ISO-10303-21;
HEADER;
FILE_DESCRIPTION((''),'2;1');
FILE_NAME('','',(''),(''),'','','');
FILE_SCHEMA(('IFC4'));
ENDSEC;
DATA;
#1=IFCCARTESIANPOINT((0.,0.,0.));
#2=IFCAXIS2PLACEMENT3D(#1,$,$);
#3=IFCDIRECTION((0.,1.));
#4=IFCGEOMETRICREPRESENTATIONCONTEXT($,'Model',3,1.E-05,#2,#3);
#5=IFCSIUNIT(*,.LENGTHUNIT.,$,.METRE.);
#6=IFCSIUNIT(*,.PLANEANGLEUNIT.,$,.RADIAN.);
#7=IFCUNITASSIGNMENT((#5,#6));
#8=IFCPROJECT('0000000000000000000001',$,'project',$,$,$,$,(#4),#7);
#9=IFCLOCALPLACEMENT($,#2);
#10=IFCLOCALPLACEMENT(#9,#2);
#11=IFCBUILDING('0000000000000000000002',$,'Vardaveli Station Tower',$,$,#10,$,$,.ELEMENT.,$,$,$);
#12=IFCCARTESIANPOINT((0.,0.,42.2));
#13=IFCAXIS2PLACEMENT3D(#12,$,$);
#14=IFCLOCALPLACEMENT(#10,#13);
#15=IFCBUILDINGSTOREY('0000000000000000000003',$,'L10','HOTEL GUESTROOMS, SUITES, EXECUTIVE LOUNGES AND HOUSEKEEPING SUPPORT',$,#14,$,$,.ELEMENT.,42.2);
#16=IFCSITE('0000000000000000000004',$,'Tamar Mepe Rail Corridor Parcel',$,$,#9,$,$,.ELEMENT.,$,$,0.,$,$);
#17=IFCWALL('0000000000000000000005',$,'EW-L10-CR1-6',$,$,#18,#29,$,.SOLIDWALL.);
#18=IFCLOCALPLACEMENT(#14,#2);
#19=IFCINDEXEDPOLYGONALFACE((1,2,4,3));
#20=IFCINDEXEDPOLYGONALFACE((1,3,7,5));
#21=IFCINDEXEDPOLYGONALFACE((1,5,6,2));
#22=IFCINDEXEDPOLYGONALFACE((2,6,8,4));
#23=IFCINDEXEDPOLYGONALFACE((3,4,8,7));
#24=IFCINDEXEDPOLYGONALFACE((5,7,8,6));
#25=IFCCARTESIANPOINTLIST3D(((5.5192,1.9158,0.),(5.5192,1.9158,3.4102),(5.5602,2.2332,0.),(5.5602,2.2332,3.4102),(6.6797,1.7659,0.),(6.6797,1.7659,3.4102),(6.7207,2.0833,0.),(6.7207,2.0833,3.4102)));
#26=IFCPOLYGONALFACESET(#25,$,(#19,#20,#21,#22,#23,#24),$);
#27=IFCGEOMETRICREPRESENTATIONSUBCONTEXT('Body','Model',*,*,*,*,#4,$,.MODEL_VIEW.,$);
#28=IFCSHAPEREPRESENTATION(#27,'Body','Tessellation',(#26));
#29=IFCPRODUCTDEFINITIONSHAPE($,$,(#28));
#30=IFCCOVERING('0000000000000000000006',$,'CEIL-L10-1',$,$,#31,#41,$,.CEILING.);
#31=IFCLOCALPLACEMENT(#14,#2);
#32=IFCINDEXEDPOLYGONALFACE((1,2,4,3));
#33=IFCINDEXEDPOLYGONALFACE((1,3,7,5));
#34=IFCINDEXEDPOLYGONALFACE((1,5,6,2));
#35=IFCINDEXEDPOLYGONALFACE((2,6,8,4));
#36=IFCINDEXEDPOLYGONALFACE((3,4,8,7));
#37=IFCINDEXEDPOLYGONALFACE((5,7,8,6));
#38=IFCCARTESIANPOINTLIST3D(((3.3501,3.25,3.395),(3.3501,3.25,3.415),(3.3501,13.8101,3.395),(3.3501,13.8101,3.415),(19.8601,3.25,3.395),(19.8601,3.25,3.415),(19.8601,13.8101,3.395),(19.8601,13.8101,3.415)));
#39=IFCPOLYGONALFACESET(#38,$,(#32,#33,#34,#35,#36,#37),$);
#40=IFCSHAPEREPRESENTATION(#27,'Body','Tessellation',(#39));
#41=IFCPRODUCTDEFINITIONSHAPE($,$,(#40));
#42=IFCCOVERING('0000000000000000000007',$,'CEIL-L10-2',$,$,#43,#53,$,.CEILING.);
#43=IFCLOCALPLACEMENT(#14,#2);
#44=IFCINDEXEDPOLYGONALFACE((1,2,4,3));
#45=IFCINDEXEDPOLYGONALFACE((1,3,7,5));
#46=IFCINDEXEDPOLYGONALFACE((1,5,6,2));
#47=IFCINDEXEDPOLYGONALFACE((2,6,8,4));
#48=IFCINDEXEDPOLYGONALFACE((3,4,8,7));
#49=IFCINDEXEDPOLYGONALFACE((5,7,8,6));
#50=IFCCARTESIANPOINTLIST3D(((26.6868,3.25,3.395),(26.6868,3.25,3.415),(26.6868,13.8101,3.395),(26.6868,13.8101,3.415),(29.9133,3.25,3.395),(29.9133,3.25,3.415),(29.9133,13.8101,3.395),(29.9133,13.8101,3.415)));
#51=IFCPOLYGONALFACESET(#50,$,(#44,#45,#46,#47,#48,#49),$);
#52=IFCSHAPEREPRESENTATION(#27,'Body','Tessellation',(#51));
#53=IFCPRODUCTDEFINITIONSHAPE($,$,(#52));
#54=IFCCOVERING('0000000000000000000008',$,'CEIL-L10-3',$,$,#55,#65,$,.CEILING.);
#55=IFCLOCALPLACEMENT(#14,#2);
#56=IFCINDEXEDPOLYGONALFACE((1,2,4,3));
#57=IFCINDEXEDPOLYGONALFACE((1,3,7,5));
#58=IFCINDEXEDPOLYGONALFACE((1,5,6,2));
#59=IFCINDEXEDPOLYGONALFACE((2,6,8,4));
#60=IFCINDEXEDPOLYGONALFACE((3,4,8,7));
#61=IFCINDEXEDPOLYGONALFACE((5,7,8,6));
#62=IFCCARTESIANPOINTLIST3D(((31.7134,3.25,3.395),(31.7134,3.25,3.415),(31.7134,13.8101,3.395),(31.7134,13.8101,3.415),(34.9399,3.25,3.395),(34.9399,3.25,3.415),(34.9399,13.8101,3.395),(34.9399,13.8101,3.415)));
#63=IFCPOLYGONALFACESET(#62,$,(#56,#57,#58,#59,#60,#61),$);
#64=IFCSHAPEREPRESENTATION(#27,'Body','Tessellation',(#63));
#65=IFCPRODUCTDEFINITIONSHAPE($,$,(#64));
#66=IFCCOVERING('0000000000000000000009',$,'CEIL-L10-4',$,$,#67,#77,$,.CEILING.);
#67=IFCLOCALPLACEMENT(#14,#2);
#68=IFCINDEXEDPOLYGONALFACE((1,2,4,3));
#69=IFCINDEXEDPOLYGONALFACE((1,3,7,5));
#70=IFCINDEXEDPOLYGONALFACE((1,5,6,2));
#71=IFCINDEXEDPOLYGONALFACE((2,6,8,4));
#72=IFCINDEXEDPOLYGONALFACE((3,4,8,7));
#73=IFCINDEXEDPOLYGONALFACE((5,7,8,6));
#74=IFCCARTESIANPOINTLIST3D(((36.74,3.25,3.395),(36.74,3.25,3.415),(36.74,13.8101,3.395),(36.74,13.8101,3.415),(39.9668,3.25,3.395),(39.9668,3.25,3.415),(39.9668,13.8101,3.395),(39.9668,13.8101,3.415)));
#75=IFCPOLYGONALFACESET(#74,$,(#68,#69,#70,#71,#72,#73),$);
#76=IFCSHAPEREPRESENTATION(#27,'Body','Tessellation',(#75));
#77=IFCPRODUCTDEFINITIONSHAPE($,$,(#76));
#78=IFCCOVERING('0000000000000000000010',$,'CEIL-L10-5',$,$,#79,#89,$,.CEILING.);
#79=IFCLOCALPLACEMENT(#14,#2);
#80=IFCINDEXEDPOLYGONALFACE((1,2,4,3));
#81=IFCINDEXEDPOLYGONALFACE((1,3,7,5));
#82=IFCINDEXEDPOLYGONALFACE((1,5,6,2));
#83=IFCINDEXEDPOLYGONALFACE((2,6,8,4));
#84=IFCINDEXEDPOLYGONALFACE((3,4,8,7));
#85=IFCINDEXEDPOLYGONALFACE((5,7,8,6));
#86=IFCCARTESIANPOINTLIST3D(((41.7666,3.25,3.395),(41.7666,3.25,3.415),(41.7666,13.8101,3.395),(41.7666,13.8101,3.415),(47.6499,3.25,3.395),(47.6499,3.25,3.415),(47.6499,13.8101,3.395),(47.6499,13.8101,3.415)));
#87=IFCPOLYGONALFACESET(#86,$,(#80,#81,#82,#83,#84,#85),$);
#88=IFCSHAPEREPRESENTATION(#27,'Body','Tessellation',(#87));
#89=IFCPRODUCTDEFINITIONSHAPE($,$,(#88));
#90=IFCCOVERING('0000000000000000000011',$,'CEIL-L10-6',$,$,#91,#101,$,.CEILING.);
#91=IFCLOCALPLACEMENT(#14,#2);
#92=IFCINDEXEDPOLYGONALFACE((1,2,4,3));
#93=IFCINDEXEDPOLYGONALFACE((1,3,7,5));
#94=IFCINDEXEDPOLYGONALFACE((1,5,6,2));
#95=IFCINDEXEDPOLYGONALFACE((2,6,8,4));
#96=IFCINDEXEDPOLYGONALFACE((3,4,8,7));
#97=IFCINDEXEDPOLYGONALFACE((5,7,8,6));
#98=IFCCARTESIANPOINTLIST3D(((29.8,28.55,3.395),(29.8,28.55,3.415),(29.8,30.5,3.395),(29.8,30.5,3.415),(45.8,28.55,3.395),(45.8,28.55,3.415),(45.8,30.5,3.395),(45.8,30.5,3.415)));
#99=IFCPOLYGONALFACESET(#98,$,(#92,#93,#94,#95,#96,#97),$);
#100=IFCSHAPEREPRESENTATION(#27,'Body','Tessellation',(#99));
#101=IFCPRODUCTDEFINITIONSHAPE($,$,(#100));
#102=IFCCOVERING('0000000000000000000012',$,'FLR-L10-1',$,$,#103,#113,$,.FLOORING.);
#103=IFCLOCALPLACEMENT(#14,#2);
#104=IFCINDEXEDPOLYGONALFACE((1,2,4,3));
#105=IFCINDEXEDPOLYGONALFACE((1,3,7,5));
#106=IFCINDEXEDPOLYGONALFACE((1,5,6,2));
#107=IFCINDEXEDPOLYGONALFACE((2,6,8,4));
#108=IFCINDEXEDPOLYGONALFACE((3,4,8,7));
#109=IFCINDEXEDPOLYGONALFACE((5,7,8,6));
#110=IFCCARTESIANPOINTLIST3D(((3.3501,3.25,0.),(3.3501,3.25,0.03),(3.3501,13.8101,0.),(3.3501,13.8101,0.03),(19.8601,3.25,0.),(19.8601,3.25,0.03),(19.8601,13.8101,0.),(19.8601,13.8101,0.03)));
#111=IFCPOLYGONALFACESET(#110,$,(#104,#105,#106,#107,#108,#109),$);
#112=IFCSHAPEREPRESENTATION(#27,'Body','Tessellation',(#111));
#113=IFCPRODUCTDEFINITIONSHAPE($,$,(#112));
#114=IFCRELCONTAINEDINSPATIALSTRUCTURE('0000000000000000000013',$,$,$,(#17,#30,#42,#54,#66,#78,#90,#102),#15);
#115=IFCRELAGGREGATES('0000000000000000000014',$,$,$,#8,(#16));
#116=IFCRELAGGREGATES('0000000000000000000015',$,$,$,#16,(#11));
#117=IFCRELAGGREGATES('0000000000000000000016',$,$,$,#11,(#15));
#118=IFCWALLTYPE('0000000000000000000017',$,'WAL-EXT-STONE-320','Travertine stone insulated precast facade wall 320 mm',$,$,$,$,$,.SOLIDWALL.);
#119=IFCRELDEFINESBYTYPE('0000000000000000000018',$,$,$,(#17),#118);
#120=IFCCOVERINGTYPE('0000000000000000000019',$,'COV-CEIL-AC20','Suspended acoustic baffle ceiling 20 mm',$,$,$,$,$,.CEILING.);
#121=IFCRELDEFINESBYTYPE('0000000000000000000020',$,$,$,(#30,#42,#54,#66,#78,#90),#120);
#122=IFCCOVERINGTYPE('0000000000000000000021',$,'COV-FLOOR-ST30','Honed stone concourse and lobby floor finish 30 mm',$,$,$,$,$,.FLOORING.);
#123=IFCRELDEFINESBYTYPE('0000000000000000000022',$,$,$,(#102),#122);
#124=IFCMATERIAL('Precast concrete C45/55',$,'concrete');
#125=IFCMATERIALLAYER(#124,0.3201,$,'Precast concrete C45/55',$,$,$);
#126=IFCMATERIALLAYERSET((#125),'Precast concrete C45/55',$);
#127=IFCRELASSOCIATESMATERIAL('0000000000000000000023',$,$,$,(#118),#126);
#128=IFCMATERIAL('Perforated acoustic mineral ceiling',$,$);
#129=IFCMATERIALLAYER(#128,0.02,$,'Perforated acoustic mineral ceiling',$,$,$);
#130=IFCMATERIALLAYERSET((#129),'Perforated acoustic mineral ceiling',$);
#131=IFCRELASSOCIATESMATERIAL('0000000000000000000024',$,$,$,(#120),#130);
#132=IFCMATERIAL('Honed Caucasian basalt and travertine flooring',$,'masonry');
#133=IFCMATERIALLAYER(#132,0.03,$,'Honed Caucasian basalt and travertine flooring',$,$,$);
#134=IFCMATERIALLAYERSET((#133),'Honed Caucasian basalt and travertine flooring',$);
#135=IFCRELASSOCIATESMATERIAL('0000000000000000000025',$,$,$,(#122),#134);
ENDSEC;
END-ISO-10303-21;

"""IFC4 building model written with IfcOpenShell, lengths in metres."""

from ifc_helpers import new_model, si_unit, direction, frame, frame_2d, origin, place, context, subcontext, project, spatial, polyline, rectangle, outline, extrude, source, transform, mapped, material, layer, layer_set, type_object, element, save


model = new_model("IFC4")

# Units and contexts
model_context = context("Model", 3, precision=1e-05, world=origin(), true_north=direction((0.0, 1.0)))
body_context = subcontext(model_context, "Body", "Model", "MODEL_VIEW")
ifc_project = project(units=[si_unit("LENGTHUNIT", "METRE"), si_unit("PLANEANGLEUNIT", "RADIAN")], contexts=[model_context])

# Site, building, storey
site_placement = place(None, origin())
site = spatial("IfcSite", under=ifc_project, at=site_placement, Name="Tamar Mepe Rail Corridor Parcel", CompositionType="ELEMENT", RefElevation=0.0)
building_placement = place(site_placement, origin())
building = spatial("IfcBuilding", under=site, at=building_placement, Name="Vardaveli Station Tower", CompositionType="ELEMENT")
storey_placement = place(building_placement, frame((0.0, 0.0, 42.2)))
storey = spatial("IfcBuildingStorey", under=building, at=storey_placement, Name="L10", Description="HOTEL GUESTROOMS, SUITES, EXECUTIVE LOUNGES AND HOUSEKEEPING SUPPORT", CompositionType="ELEMENT", Elevation=42.2)

# Shared definitions
ifc_material_1 = material(Name="Precast concrete C45/55", Category="concrete")

# Shared definitions
ifc_layer_1 = layer(ifc_material_1, 0.3201, Name="Precast concrete C45/55")
ifc_layer_set_1 = layer_set([ifc_layer_1], Name="Precast concrete C45/55")
wall_type = type_object("IfcWallType", Name="WAL-EXT-STONE-320", Description="Travertine stone insulated precast facade wall 320 mm", PredefinedType="SOLIDWALL", material=ifc_layer_set_1)

# Wall
shared_shape_1 = source(origin(), body_context, "Body", "SweptSolid", [
    extrude(rectangle(XDim=1.1702, YDim=0.3201, at=frame_2d((0.585, 0.0))), origin(), (0.0, 0.0, 1.0), 3.4102),
])
wall_1_placement = place(storey_placement, frame((5.5398, 2.0745, 0.0), z_axis=(0.0, 0.0, 1.0), x_axis=(0.991762, -0.12809, 0.0)))
element("IfcWall", 1, at=wall_1_placement, inside=storey, type_object=wall_type, Name="EW-L10-CR1-6", PredefinedType="SOLIDWALL", context=body_context, shape_type="MappedRepresentation", body=[
    mapped(shared_shape_1, transform((0.0, 0.0, 0.0), scale=1.0)),
])

# Coverings
ifc_material_2 = material(Name="Perforated acoustic mineral ceiling")
ifc_layer_2 = layer(ifc_material_2, 0.02, Name="Perforated acoustic mineral ceiling")
ifc_layer_set_2 = layer_set([ifc_layer_2], Name="Perforated acoustic mineral ceiling")
covering_type_1 = type_object("IfcCoveringType", Name="COV-CEIL-AC20", Description="Suspended acoustic baffle ceiling 20 mm", PredefinedType="CEILING", material=ifc_layer_set_2)
covering_1_placement = place(storey_placement, frame((0.0, 0.0, 3.395)))
element("IfcCovering", 2, at=covering_1_placement, inside=storey, type_object=covering_type_1, Name="CEIL-L10-1", PredefinedType="CEILING", context=body_context, shape_type="SweptSolid", body=[
    extrude(outline(polyline([(3.3501, 3.25), (19.8601, 3.25), (19.8601, 13.8101), (3.3501, 13.8101), (3.3501, 3.25)])), origin(), (0.0, 0.0, 1.0), 0.02),
])
covering_2_placement = place(storey_placement, frame((0.0, 0.0, 3.395)))
element("IfcCovering", 3, at=covering_2_placement, inside=storey, type_object=covering_type_1, Name="CEIL-L10-2", PredefinedType="CEILING", context=body_context, shape_type="SweptSolid", body=[
    extrude(outline(polyline([(26.6868, 3.25), (29.9133, 3.25), (29.9133, 13.8101), (26.6868, 13.8101), (26.6868, 3.25)])), origin(), (0.0, 0.0, 1.0), 0.02),
])
covering_3_placement = place(storey_placement, frame((0.0, 0.0, 3.395)))
element("IfcCovering", 4, at=covering_3_placement, inside=storey, type_object=covering_type_1, Name="CEIL-L10-3", PredefinedType="CEILING", context=body_context, shape_type="SweptSolid", body=[
    extrude(outline(polyline([(31.7134, 3.25), (34.9399, 3.25), (34.9399, 13.8101), (31.7134, 13.8101), (31.7134, 3.25)])), origin(), (0.0, 0.0, 1.0), 0.02),
])
covering_4_placement = place(storey_placement, frame((0.0, 0.0, 3.395)))
element("IfcCovering", 5, at=covering_4_placement, inside=storey, type_object=covering_type_1, Name="CEIL-L10-4", PredefinedType="CEILING", context=body_context, shape_type="SweptSolid", body=[
    extrude(outline(polyline([(36.74, 3.25), (39.9668, 3.25), (39.9668, 13.8101), (36.74, 13.8101), (36.74, 3.25)])), origin(), (0.0, 0.0, 1.0), 0.02),
])
covering_5_placement = place(storey_placement, frame((0.0, 0.0, 3.395)))
element("IfcCovering", 6, at=covering_5_placement, inside=storey, type_object=covering_type_1, Name="CEIL-L10-5", PredefinedType="CEILING", context=body_context, shape_type="SweptSolid", body=[
    extrude(outline(polyline([(41.7666, 3.25), (47.6499, 3.25), (47.6499, 13.8101), (41.7666, 13.8101), (41.7666, 3.25)])), origin(), (0.0, 0.0, 1.0), 0.02),
])
covering_6_placement = place(storey_placement, frame((0.0, 0.0, 3.395)))
element("IfcCovering", 7, at=covering_6_placement, inside=storey, type_object=covering_type_1, Name="CEIL-L10-6", PredefinedType="CEILING", context=body_context, shape_type="SweptSolid", body=[
    extrude(outline(polyline([(29.8, 28.55), (45.8, 28.55), (45.8, 30.5), (29.8, 30.5), (29.8, 28.55)])), origin(), (0.0, 0.0, 1.0), 0.02),
])
ifc_material_3 = material(Name="Honed Caucasian basalt and travertine flooring", Category="masonry")
ifc_layer_3 = layer(ifc_material_3, 0.03, Name="Honed Caucasian basalt and travertine flooring")
ifc_layer_set_3 = layer_set([ifc_layer_3], Name="Honed Caucasian basalt and travertine flooring")
covering_type_2 = type_object("IfcCoveringType", Name="COV-FLOOR-ST30", Description="Honed stone concourse and lobby floor finish 30 mm", PredefinedType="FLOORING", material=ifc_layer_set_3)
covering_7_placement = place(storey_placement, origin())
element("IfcCovering", 8, at=covering_7_placement, inside=storey, type_object=covering_type_2, Name="FLR-L10-1", PredefinedType="FLOORING", context=body_context, shape_type="SweptSolid", body=[
    extrude(outline(polyline([(3.3501, 3.25), (19.8601, 3.25), (19.8601, 13.8101), (3.3501, 13.8101), (3.3501, 3.25)])), origin(), (0.0, 0.0, 1.0), 0.03),
])

save(model, "model.ifc")
